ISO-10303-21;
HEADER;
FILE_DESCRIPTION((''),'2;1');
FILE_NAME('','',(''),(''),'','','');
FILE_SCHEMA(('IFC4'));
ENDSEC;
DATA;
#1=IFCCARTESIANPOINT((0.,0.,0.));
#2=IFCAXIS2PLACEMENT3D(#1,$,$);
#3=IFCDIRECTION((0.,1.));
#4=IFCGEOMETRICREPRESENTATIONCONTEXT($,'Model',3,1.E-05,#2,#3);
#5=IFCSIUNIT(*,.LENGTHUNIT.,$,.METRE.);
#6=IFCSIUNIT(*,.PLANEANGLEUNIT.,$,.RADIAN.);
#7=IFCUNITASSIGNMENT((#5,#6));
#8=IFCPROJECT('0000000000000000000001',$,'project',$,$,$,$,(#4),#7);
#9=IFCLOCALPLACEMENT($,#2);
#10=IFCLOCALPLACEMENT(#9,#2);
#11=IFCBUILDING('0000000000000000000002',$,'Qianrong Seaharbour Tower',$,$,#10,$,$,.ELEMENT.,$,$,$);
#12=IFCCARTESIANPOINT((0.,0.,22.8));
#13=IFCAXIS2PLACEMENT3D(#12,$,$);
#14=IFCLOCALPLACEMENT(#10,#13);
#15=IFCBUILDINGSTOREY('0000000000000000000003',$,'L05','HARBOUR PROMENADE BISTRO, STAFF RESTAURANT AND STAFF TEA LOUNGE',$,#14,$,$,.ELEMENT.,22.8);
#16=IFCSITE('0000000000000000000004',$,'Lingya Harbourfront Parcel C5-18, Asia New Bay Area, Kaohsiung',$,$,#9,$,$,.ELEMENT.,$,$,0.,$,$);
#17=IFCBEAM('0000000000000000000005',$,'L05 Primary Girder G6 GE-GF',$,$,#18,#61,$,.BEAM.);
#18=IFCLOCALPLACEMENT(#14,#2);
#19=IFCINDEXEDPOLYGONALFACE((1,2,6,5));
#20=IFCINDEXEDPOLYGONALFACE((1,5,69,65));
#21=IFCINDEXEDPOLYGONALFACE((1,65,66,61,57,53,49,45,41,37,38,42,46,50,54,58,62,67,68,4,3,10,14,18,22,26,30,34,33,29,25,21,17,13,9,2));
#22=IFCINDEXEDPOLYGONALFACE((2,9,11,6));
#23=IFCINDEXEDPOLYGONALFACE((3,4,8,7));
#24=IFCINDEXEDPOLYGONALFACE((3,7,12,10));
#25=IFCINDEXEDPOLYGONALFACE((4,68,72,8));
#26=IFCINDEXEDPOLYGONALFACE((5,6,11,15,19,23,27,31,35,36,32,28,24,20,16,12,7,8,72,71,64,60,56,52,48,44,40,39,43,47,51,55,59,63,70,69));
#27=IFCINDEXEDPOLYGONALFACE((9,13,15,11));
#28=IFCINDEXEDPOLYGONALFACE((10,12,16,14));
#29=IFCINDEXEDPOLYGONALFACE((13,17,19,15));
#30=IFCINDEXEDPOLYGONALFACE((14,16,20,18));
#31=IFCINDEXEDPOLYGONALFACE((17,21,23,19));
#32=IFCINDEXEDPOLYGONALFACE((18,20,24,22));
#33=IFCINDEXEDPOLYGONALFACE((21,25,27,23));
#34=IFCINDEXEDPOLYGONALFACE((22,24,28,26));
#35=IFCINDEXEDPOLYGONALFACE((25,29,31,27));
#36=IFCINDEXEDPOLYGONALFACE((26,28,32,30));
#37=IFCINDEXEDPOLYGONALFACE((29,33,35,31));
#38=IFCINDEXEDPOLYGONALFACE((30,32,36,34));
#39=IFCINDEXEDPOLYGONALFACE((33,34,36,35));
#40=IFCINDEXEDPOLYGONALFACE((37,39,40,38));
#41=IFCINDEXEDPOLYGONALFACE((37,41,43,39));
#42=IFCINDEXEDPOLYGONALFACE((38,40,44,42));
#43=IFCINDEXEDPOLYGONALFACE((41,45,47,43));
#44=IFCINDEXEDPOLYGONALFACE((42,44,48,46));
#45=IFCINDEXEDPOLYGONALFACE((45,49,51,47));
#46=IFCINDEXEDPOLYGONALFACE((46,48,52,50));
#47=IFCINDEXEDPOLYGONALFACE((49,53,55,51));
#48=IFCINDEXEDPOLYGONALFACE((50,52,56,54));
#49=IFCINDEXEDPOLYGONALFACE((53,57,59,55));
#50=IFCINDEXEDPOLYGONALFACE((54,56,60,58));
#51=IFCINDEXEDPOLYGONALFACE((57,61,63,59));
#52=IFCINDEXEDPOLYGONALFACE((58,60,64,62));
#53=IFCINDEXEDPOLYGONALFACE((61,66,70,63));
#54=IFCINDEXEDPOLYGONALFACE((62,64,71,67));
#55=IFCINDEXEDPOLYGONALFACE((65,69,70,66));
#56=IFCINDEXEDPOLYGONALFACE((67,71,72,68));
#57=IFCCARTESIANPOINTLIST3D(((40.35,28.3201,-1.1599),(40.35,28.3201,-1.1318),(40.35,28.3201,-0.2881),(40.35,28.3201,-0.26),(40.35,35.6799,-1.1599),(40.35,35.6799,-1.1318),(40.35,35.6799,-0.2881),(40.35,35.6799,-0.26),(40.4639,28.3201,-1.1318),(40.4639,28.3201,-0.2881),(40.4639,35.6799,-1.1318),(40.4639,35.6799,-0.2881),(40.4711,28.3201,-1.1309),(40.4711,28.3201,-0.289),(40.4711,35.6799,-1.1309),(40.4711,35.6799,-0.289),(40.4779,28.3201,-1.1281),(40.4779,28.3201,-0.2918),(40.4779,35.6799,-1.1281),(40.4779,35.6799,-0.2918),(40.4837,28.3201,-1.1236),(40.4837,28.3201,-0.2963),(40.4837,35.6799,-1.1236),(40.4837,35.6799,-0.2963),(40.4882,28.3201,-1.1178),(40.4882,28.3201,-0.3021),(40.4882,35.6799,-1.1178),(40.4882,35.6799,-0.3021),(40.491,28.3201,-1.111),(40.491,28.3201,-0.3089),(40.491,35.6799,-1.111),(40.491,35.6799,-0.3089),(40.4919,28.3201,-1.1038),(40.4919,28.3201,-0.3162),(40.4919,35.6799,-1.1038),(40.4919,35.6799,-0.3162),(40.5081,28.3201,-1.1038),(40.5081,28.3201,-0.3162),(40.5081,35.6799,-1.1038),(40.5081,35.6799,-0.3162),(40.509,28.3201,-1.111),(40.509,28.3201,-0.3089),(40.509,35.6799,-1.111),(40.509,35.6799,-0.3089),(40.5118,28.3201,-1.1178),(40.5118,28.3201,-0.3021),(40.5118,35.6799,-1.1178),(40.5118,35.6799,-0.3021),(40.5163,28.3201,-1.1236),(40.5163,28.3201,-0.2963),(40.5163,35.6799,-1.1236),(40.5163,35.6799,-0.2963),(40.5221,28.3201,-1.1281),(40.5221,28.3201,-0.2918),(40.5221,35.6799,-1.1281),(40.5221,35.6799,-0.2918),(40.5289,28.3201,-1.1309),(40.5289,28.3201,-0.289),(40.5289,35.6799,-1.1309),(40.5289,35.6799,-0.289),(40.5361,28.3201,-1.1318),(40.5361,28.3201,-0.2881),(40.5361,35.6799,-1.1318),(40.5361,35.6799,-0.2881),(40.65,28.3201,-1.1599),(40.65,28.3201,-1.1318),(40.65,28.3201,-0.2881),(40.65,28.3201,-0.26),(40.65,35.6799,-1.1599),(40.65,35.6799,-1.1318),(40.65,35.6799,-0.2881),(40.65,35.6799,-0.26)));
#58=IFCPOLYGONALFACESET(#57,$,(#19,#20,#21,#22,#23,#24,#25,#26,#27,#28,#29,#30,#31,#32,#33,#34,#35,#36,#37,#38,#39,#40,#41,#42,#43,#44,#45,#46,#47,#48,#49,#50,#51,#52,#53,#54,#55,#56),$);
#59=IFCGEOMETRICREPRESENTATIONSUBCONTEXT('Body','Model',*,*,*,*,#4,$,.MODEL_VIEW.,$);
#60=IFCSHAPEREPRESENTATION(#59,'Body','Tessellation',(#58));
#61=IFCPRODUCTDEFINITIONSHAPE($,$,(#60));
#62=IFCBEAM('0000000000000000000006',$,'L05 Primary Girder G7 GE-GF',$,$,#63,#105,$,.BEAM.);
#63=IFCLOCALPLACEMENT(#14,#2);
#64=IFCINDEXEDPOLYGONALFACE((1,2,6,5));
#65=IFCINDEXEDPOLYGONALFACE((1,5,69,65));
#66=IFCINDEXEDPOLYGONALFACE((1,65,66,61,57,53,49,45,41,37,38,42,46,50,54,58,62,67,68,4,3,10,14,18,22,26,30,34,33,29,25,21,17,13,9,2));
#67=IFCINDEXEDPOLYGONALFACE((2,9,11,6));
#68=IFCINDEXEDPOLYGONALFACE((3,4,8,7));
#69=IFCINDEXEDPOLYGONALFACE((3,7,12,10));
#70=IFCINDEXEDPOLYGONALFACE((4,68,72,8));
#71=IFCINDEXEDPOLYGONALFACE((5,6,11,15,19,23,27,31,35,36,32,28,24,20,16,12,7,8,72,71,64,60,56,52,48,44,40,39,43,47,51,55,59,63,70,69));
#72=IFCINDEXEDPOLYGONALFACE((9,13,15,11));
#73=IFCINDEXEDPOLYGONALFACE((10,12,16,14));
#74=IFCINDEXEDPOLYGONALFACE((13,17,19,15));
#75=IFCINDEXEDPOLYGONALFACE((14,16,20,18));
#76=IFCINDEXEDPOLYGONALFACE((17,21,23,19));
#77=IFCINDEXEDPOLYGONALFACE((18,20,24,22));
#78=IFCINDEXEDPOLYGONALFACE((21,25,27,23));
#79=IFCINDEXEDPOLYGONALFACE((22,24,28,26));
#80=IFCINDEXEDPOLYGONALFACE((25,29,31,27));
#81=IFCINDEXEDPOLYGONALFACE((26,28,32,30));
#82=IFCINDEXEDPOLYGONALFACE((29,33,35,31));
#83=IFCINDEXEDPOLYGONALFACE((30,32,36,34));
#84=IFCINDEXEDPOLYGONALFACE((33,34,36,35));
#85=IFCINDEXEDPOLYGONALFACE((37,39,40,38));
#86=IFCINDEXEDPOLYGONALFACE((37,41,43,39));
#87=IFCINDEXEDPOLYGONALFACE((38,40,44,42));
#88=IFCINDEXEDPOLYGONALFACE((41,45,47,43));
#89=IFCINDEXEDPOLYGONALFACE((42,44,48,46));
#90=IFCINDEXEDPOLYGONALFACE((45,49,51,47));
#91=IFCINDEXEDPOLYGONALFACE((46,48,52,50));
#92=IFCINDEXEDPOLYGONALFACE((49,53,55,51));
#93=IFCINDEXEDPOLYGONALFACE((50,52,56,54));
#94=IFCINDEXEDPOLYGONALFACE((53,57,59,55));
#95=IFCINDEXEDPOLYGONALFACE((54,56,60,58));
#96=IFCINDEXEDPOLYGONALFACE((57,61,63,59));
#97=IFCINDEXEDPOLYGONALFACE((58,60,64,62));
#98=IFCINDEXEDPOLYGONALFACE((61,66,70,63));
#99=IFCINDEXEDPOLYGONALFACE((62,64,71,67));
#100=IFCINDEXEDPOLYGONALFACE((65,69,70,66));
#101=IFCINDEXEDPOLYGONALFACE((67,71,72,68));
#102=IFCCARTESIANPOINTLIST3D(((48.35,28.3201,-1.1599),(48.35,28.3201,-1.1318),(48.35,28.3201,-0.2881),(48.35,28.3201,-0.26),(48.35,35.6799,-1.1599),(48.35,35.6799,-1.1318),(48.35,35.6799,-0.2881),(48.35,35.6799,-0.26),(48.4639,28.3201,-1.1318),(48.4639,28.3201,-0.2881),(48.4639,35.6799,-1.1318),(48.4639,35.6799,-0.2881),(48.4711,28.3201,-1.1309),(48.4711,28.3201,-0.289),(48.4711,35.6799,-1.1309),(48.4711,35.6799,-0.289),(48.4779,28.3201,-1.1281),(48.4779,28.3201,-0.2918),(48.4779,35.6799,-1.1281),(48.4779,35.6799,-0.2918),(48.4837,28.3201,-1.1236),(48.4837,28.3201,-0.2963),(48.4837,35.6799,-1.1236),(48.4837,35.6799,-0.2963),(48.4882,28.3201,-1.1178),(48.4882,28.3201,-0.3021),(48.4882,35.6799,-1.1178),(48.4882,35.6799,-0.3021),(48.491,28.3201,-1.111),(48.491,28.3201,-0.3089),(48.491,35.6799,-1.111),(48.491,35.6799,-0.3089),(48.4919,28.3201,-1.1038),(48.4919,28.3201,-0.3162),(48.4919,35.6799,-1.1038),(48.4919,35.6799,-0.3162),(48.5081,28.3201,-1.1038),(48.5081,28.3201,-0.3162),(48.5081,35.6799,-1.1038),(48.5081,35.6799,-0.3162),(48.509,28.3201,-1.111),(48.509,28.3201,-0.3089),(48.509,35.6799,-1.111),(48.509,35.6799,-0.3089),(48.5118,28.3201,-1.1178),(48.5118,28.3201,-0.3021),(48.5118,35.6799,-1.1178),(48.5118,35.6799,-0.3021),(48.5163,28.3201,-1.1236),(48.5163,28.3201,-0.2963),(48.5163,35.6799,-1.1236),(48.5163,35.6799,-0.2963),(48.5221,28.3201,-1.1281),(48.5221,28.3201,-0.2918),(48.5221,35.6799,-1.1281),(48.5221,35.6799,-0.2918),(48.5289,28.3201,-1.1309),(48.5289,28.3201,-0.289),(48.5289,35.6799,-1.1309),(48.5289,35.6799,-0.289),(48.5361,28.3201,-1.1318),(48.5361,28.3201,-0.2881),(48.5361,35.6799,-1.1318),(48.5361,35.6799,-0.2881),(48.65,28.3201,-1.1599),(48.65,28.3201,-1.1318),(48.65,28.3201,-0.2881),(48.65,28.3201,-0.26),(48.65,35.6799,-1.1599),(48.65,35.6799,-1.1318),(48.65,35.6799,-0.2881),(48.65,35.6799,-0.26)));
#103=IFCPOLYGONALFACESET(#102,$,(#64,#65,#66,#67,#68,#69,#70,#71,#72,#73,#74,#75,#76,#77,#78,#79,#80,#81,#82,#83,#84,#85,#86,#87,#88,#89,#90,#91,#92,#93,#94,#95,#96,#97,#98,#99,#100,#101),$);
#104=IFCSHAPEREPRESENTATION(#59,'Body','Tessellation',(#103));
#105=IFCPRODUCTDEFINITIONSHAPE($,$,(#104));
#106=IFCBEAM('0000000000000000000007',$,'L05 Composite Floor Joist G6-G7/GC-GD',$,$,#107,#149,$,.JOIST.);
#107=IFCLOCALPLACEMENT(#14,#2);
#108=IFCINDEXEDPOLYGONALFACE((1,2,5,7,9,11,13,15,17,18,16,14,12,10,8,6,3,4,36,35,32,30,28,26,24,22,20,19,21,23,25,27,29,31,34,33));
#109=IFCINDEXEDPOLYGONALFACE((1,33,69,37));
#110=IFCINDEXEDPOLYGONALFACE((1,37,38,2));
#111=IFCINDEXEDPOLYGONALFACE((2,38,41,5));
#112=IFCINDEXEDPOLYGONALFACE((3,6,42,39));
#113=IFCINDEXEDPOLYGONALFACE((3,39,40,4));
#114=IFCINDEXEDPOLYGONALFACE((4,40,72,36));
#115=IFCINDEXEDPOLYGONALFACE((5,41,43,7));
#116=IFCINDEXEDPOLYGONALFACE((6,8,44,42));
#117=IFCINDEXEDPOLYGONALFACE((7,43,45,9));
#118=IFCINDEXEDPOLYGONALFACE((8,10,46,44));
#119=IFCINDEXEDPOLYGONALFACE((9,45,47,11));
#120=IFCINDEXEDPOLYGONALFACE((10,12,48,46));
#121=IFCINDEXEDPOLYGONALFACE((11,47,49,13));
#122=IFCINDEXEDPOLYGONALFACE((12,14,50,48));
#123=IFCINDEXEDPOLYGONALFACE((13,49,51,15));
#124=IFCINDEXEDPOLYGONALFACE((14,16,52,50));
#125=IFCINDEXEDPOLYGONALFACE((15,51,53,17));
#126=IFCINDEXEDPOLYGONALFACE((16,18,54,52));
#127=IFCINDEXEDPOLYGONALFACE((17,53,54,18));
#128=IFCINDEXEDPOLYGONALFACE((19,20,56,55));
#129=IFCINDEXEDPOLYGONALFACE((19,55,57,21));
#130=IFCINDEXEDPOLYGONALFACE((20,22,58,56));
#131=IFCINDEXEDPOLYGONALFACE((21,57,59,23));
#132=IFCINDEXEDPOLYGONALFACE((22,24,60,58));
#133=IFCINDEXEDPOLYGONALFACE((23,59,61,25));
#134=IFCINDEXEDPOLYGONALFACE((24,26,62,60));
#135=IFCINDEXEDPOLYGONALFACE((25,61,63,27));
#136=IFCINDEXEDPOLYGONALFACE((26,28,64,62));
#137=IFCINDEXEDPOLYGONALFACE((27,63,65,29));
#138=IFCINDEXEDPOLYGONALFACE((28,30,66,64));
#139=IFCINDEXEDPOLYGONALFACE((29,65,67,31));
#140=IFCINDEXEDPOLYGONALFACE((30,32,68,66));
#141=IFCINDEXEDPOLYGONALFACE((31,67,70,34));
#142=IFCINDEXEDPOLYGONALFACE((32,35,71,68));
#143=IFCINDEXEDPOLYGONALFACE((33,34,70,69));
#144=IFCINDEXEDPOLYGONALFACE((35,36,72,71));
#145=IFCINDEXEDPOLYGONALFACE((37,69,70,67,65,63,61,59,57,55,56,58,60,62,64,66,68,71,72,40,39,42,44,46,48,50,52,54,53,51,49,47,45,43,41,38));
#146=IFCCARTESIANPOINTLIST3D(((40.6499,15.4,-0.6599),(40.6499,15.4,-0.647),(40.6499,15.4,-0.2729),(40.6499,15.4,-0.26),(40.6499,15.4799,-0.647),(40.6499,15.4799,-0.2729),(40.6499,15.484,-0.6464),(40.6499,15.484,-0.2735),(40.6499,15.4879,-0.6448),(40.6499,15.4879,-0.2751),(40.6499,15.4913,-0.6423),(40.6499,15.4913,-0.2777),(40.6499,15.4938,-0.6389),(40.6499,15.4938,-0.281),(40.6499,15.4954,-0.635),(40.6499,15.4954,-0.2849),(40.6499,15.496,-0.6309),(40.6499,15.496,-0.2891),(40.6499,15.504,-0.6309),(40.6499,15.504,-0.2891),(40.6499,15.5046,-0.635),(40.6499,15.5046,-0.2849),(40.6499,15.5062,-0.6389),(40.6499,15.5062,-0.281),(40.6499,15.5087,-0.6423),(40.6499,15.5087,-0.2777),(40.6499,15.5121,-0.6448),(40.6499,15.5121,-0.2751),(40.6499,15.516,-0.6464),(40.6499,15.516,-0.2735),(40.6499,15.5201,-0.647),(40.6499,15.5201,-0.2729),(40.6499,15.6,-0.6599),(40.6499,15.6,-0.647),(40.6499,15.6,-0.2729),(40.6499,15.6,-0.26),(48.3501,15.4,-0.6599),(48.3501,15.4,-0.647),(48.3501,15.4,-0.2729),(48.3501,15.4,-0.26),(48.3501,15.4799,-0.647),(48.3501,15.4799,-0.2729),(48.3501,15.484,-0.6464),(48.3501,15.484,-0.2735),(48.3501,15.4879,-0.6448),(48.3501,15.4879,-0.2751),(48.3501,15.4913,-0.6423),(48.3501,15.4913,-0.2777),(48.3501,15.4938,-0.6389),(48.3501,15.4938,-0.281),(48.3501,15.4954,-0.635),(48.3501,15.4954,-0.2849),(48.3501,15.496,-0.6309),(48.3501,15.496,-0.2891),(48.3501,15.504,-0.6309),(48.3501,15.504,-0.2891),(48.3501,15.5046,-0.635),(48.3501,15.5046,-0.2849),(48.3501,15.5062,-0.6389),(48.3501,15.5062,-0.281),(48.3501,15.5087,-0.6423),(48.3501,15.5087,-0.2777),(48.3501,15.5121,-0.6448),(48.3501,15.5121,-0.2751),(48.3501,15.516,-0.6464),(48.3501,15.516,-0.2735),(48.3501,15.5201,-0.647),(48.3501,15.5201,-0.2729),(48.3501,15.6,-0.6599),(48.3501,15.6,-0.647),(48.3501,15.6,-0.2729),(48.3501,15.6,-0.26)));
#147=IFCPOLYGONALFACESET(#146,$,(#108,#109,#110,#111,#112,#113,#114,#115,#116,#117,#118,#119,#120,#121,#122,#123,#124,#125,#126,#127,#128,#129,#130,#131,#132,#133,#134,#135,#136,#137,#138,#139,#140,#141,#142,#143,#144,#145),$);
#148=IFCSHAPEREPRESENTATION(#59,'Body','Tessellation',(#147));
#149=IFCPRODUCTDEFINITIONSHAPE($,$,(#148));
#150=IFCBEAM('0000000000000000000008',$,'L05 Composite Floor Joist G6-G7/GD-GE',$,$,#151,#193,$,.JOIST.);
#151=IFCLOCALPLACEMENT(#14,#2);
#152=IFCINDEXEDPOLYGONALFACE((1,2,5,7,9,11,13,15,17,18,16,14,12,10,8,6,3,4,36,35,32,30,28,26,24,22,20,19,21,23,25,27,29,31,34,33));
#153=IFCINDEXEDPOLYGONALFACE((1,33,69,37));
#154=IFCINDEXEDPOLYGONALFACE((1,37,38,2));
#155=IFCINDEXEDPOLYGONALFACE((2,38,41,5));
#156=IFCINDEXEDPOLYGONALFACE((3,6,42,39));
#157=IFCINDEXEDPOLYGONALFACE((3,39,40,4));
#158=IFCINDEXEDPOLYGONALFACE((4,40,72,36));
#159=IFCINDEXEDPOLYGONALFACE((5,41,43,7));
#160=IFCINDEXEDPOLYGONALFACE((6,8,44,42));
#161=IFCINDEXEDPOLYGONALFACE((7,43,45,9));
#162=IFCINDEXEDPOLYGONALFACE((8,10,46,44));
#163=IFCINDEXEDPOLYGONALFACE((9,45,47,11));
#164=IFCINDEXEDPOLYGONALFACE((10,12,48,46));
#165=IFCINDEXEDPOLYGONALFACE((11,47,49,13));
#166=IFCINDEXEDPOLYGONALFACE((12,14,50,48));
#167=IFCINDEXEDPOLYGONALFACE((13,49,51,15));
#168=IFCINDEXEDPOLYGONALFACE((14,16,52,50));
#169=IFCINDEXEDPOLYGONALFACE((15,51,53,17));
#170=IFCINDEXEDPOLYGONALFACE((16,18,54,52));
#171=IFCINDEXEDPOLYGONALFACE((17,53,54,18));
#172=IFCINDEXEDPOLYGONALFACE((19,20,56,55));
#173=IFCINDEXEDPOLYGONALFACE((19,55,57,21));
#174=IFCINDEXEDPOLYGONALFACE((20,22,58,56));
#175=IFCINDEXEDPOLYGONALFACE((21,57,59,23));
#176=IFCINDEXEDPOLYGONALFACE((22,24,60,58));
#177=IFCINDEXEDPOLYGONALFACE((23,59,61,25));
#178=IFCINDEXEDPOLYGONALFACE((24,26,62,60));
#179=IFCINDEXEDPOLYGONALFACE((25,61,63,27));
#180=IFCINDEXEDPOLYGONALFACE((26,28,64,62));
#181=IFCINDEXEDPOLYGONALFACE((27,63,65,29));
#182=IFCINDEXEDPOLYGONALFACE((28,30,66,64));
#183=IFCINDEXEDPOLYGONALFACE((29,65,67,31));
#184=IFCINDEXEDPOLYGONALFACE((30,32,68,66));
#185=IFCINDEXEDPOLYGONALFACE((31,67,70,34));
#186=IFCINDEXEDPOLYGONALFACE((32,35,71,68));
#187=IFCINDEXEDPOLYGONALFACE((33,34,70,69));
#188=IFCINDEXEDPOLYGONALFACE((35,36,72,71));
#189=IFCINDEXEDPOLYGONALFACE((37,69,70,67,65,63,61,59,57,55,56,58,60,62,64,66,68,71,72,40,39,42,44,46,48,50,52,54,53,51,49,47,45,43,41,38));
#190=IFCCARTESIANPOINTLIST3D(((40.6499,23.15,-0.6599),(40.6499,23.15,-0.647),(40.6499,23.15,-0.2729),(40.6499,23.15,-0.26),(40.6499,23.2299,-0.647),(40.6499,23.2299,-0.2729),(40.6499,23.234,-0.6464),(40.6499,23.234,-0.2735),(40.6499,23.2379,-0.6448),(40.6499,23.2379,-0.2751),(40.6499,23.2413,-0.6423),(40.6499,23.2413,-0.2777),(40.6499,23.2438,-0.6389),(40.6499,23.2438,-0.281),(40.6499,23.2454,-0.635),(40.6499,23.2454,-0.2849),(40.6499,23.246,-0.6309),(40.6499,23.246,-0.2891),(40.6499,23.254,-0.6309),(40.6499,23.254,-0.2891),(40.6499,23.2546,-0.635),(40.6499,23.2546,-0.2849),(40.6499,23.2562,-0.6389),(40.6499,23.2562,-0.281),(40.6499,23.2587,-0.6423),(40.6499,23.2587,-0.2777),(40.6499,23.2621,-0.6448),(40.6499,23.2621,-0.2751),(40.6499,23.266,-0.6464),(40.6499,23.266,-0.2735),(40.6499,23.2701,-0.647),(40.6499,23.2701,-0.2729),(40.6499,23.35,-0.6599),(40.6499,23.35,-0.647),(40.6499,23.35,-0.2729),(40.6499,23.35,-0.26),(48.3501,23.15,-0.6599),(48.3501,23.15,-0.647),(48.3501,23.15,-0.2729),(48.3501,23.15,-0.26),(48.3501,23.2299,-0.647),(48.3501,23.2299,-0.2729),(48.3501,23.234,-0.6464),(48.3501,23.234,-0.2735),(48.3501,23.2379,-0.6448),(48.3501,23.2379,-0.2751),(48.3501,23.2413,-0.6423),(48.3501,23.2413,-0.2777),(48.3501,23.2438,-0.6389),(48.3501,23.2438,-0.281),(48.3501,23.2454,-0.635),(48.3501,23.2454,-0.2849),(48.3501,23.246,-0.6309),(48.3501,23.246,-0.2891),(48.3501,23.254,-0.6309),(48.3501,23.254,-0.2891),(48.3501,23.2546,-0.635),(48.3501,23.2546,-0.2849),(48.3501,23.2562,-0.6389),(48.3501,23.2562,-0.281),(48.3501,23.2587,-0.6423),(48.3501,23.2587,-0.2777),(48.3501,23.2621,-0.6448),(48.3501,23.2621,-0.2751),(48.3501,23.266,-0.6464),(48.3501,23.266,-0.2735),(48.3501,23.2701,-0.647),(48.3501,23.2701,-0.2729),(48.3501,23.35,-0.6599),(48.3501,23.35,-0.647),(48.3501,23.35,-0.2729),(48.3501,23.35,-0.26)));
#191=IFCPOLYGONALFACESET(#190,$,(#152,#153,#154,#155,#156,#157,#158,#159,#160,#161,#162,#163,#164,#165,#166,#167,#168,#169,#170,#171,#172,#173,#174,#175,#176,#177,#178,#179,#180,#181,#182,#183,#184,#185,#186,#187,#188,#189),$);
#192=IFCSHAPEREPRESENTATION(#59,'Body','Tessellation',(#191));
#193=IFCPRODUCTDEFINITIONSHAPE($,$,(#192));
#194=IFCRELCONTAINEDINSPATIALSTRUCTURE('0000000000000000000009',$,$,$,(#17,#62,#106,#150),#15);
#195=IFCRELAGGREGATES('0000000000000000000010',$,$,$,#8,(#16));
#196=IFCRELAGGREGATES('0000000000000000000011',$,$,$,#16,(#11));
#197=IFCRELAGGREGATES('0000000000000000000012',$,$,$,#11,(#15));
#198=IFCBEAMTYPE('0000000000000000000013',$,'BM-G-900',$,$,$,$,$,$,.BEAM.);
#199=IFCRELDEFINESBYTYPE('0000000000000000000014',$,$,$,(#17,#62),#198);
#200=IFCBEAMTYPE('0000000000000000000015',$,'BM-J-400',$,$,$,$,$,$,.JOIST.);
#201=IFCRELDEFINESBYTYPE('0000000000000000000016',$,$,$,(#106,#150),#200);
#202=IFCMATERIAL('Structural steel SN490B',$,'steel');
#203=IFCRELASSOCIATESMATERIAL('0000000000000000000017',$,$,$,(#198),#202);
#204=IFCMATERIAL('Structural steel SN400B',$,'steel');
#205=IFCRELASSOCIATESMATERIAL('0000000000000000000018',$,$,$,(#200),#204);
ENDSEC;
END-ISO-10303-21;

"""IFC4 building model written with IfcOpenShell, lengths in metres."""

from ifc_helpers import new_model, si_unit, direction, frame, origin, origin_2d, place, context, subcontext, project, spatial, i_section, extrude, material, material_profile, profile_set, type_object, element, save


model = new_model("IFC4")

# Units and contexts
model_context = context("Model", 3, precision=1e-05, world=origin(), true_north=direction((0.0, 1.0)))
body_context = subcontext(model_context, "Body", "Model", "MODEL_VIEW")
ifc_project = project(units=[si_unit("LENGTHUNIT", "METRE"), si_unit("PLANEANGLEUNIT", "RADIAN")], contexts=[model_context])

# Site, building, storey
site_placement = place(None, origin())
site = spatial("IfcSite", under=ifc_project, at=site_placement, Name="Lingya Harbourfront Parcel C5-18, Asia New Bay Area, Kaohsiung", CompositionType="ELEMENT", RefElevation=0.0)
building_placement = place(site_placement, origin())
building = spatial("IfcBuilding", under=site, at=building_placement, Name="Qianrong Seaharbour Tower", CompositionType="ELEMENT")
storey_placement = place(building_placement, frame((0.0, 0.0, 22.8)))
storey = spatial("IfcBuildingStorey", under=building, at=storey_placement, Name="L05", Description="HARBOUR PROMENADE BISTRO, STAFF RESTAURANT AND STAFF TEA LOUNGE", CompositionType="ELEMENT", Elevation=22.8)

# Beams
ifc_material_1 = material(Name="Structural steel SN490B", Category="steel")
ifc_material_profile_1 = material_profile(ifc_material_1, i_section(OverallWidth=0.3, OverallDepth=0.8999, WebThickness=0.0161, FlangeThickness=0.0281, FilletRadius=0.0281, at=origin_2d()), Name="H900x300x16x28")
ifc_profile_set_1 = profile_set([ifc_material_profile_1], Name="Structural steel SN490B")
beam_type_1 = type_object("IfcBeamType", Name="BM-G-900", PredefinedType="BEAM", material=ifc_profile_set_1)
for number, where, z_axis, x_axis, name in (
    (1, (40.5, 28.3201, -0.71), (0.0, 1.0, 0.0), (-1.0, 0.0, 0.0), "L05 Primary Girder G6 GE-GF"),
    (2, (48.5, 28.3201, -0.71), (0.0, 1.0, 0.0), (-1.0, 0.0, 0.0), "L05 Primary Girder G7 GE-GF"),
):
    element("IfcBeam", number, at=place(storey_placement, frame(where, z_axis=z_axis, x_axis=x_axis)), inside=storey, type_object=beam_type_1, Name=name, PredefinedType="BEAM", context=body_context, shape_type="SweptSolid", body=[
        extrude(i_section(OverallWidth=0.3, OverallDepth=0.8999, WebThickness=0.0161, FlangeThickness=0.0281, FilletRadius=0.0281, at=origin_2d()), origin(), (0.0, 0.0, 1.0), 7.3599),
    ])
ifc_material_2 = material(Name="Structural steel SN400B", Category="steel")
ifc_material_profile_2 = material_profile(ifc_material_2, i_section(OverallWidth=0.2, OverallDepth=0.3999, WebThickness=0.0081, FlangeThickness=0.0129, FilletRadius=0.0161, at=origin_2d()), Name="H400x200x8x13")
ifc_profile_set_2 = profile_set([ifc_material_profile_2], Name="Structural steel SN400B")
beam_type_2 = type_object("IfcBeamType", Name="BM-J-400", PredefinedType="JOIST", material=ifc_profile_set_2)
for number, where, z_axis, x_axis, name in (
    (3, (40.6499, 15.5, -0.46), (1.0, 0.0, 0.0), (0.0, 1.0, 0.0), "L05 Composite Floor Joist G6-G7/GC-GD"),
    (4, (40.6499, 23.25, -0.46), (1.0, 0.0, 0.0), (0.0, 1.0, 0.0), "L05 Composite Floor Joist G6-G7/GD-GE"),
):
    element("IfcBeam", number, at=place(storey_placement, frame(where, z_axis=z_axis, x_axis=x_axis)), inside=storey, type_object=beam_type_2, Name=name, PredefinedType="JOIST", context=body_context, shape_type="SweptSolid", body=[
        extrude(i_section(OverallWidth=0.2, OverallDepth=0.3999, WebThickness=0.0081, FlangeThickness=0.0129, FilletRadius=0.0161, at=origin_2d()), origin(), (0.0, 0.0, 1.0), 7.7002),
    ])

save(model, "model.ifc")
